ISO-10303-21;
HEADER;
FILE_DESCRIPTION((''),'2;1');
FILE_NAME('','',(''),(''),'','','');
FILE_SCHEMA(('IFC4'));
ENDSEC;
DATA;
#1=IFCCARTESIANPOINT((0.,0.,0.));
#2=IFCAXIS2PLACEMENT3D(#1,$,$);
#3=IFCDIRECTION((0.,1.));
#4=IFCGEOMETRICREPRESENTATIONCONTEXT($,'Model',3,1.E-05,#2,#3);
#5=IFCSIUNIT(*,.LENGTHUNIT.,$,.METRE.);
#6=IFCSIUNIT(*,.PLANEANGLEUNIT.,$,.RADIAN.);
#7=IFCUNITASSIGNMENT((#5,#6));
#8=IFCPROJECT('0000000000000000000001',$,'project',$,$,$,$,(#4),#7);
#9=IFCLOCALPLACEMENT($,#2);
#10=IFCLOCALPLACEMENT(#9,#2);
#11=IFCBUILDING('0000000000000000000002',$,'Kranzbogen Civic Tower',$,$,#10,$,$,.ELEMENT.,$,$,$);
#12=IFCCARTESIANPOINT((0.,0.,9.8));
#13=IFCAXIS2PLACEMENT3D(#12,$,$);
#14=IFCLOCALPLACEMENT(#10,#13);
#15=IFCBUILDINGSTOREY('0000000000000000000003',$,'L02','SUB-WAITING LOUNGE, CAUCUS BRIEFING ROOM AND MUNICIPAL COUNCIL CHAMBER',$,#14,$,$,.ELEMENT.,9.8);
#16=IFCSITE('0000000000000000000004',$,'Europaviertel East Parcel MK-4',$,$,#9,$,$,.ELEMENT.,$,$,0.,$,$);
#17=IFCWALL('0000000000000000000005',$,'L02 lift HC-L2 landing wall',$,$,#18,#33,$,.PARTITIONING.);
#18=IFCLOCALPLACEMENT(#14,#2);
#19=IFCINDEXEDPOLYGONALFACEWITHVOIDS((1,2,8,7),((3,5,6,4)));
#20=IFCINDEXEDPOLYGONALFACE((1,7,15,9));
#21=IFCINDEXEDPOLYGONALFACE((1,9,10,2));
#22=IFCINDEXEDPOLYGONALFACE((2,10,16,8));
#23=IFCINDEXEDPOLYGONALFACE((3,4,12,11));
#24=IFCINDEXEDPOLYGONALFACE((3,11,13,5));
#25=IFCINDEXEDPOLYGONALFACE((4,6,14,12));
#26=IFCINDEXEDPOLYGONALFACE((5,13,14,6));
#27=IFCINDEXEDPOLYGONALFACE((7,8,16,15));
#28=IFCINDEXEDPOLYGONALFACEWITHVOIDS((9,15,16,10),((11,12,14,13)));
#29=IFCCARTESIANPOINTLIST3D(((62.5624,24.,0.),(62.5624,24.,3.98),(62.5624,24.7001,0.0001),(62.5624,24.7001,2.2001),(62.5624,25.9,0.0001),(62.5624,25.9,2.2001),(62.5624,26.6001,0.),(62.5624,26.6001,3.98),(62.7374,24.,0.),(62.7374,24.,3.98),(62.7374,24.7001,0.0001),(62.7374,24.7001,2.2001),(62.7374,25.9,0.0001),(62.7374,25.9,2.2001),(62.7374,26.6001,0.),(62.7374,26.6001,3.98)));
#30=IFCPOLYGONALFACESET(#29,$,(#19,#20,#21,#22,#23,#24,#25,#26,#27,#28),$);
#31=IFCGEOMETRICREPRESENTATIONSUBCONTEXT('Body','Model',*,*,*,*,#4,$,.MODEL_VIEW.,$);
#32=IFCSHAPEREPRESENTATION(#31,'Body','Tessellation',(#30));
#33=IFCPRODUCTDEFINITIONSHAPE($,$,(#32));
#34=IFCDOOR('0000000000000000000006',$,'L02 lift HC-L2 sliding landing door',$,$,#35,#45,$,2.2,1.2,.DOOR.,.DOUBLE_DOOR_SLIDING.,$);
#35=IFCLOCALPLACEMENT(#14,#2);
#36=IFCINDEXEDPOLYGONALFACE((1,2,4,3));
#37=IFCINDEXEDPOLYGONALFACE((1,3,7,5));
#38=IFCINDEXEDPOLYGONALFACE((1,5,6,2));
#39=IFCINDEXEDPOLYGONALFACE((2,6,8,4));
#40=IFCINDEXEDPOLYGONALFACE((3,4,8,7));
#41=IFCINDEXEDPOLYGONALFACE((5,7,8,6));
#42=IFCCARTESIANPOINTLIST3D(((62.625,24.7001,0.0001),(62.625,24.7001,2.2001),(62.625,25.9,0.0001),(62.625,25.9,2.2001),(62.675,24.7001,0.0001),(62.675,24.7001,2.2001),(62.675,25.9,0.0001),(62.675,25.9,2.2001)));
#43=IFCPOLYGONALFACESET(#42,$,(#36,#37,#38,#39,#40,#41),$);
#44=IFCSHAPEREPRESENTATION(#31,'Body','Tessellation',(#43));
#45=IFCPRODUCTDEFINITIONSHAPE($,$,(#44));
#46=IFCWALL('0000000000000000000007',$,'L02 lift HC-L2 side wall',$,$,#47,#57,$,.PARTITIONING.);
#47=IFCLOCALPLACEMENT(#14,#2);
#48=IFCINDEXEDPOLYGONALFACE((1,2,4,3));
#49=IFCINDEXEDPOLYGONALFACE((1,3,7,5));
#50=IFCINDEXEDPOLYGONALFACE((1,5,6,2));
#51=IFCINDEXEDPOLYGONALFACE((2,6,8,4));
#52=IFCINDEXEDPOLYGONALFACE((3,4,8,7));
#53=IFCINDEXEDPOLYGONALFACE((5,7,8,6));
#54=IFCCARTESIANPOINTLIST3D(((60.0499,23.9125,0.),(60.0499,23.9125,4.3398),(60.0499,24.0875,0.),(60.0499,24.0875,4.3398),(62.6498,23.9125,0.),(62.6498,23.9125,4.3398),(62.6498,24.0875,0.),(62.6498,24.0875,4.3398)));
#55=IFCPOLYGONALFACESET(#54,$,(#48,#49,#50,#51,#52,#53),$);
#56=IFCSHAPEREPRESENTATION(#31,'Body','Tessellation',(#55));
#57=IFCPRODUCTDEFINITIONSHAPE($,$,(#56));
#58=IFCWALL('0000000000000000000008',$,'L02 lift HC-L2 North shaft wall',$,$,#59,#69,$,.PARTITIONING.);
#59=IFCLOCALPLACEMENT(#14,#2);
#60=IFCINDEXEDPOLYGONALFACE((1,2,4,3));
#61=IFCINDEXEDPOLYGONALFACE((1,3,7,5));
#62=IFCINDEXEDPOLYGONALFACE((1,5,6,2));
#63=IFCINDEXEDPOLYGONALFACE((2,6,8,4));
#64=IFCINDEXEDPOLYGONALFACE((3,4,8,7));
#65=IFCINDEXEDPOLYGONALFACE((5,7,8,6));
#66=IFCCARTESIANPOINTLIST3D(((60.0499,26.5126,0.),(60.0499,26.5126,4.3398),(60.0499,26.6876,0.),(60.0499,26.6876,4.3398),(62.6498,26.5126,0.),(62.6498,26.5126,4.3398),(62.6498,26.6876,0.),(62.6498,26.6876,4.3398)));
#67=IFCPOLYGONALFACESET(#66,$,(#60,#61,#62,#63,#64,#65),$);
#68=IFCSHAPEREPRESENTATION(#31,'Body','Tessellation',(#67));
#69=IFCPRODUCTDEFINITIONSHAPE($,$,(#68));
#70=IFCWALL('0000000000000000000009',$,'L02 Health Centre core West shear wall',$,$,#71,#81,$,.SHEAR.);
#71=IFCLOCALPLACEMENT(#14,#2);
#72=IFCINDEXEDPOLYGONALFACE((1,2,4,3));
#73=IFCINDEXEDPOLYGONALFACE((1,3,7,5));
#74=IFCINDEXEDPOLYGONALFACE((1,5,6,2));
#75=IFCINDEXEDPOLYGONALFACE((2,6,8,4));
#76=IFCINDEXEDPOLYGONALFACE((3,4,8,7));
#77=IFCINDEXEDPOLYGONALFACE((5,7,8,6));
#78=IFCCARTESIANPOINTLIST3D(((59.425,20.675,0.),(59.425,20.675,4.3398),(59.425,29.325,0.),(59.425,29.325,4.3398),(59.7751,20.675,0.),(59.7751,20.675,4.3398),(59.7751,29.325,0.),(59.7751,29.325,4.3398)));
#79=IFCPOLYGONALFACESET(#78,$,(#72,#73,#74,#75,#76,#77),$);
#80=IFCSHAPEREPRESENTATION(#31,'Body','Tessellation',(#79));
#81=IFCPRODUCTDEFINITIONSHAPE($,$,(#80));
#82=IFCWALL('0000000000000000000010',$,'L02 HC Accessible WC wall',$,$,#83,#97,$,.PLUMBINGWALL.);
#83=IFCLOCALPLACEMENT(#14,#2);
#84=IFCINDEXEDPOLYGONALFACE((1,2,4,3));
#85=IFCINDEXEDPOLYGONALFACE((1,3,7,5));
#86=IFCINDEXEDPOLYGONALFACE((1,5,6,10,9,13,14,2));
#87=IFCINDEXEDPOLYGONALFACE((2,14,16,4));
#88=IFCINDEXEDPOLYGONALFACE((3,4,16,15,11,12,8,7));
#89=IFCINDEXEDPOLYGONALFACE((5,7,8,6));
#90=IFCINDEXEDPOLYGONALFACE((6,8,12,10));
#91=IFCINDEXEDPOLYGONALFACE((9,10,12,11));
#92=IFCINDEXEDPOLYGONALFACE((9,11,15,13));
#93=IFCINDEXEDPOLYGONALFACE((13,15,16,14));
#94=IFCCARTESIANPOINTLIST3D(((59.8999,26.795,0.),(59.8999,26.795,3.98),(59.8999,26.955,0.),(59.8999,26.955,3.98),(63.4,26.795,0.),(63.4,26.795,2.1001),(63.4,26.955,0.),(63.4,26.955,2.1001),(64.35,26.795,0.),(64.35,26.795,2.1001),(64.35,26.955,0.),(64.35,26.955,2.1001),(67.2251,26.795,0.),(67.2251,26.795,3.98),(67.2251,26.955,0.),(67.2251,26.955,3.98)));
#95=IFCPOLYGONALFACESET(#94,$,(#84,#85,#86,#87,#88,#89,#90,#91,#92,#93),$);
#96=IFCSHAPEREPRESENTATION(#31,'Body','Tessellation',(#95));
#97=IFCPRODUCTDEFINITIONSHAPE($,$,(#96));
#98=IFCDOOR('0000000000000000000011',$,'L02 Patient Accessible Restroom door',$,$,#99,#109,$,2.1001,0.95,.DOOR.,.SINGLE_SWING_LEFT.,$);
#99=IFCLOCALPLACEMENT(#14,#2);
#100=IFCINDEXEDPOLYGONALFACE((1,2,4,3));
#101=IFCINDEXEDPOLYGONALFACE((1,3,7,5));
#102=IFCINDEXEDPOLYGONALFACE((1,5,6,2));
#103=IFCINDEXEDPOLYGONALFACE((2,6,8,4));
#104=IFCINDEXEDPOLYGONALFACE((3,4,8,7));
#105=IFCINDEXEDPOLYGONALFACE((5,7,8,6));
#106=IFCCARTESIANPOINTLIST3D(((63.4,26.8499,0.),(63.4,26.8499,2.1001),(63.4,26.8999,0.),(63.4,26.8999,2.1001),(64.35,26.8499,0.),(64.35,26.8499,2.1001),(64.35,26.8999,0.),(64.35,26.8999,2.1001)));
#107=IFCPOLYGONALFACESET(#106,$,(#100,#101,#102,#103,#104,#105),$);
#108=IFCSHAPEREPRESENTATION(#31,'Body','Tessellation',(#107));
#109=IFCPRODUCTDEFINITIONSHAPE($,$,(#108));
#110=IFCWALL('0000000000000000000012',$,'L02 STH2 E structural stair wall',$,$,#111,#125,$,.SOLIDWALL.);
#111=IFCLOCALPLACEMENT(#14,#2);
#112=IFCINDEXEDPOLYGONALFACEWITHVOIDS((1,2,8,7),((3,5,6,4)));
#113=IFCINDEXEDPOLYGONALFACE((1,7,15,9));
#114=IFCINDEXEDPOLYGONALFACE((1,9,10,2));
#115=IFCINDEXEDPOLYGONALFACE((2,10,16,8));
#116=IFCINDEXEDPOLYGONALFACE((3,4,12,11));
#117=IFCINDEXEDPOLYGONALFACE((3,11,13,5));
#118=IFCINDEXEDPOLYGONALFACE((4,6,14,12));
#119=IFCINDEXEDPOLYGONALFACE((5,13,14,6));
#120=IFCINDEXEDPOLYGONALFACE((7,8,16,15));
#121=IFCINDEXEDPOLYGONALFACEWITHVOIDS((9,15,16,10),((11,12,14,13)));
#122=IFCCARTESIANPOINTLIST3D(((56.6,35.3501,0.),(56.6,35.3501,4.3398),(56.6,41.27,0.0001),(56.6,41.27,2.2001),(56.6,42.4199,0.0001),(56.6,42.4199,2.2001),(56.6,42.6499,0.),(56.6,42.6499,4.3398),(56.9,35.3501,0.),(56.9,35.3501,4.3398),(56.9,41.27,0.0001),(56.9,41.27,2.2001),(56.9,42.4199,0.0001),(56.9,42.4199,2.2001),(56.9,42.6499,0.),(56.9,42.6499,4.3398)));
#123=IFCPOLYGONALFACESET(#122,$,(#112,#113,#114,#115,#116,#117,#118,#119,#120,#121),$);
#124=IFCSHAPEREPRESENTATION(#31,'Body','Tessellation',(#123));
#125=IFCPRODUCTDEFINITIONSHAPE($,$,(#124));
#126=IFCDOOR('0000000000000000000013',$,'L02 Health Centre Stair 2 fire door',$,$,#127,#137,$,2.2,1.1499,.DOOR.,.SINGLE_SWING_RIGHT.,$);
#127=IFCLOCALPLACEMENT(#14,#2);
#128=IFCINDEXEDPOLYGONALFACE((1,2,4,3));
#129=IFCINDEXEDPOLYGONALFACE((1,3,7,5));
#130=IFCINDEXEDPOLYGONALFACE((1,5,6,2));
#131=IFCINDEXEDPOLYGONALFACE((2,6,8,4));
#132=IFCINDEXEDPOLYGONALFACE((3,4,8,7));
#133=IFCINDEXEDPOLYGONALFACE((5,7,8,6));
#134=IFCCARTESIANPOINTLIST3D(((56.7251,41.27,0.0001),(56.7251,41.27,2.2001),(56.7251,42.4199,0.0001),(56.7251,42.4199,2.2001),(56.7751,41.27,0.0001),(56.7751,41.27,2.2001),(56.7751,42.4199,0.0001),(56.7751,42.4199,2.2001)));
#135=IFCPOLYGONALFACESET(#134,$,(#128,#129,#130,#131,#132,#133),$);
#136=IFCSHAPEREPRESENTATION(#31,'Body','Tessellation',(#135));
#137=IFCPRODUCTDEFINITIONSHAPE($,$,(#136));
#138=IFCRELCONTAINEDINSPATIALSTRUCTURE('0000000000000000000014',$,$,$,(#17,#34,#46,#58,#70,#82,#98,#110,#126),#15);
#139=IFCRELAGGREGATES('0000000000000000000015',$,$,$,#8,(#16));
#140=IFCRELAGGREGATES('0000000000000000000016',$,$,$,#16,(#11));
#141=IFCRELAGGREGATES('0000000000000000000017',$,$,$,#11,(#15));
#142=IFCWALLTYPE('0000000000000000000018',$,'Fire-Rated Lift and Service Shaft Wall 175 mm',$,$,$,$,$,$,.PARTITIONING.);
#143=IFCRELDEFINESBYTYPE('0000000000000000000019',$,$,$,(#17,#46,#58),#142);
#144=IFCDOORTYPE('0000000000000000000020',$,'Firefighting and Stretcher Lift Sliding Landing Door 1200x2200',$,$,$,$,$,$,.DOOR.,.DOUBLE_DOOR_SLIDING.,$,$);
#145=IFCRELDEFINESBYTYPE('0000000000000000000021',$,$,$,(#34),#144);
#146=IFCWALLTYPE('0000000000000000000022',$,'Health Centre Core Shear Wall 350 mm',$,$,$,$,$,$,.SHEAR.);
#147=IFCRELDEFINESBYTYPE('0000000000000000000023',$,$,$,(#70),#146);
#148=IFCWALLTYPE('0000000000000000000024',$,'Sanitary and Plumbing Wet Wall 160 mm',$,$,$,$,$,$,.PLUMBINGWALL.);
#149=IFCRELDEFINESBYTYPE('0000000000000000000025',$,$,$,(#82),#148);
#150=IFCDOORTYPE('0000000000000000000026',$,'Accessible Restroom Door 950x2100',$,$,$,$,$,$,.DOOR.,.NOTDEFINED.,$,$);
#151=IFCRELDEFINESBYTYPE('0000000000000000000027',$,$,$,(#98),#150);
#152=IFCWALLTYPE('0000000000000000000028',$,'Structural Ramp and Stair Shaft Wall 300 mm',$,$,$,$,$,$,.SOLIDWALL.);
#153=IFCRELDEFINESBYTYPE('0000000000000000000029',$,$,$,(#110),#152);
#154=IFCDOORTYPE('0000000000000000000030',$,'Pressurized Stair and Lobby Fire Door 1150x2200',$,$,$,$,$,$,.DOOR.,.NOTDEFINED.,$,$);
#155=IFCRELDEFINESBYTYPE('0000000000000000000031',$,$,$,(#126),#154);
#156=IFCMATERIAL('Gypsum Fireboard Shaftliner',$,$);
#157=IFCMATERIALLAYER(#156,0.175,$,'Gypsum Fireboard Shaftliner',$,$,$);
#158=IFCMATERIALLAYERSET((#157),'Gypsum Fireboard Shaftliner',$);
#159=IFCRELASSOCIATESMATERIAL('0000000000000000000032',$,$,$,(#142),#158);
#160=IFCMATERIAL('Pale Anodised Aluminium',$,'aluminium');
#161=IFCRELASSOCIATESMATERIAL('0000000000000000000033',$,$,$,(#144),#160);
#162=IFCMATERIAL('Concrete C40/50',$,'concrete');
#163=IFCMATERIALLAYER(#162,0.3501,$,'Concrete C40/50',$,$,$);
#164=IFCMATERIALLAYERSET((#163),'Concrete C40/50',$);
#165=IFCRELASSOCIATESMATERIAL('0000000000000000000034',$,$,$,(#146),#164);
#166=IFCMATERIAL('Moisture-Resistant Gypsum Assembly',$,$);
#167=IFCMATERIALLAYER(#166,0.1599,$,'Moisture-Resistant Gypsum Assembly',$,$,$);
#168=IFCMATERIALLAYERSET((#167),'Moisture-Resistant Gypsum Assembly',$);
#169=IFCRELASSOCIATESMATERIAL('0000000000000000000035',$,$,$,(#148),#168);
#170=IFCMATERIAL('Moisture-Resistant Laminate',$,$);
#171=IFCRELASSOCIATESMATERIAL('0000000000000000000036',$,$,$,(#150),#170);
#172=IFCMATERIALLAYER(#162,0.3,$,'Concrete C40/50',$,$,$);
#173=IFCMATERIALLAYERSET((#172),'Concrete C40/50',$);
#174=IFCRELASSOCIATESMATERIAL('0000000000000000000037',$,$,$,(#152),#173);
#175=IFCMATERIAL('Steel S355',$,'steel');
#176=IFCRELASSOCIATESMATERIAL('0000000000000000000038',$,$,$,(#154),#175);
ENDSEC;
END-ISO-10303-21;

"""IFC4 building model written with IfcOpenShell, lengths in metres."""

from ifc_helpers import new_model, si_unit, direction, frame, frame_2d, origin, place, context, subcontext, project, spatial, rectangle, extrude, material, layer, layer_set, type_object, element, fill, save


model = new_model("IFC4")

# Units and contexts
model_context = context("Model", 3, precision=1e-05, world=origin(), true_north=direction((0.0, 1.0)))
body_context = subcontext(model_context, "Body", "Model", "MODEL_VIEW")
ifc_project = project(units=[si_unit("LENGTHUNIT", "METRE"), si_unit("PLANEANGLEUNIT", "RADIAN")], contexts=[model_context])

# Site, building, storey
site_placement = place(None, origin())
site = spatial("IfcSite", under=ifc_project, at=site_placement, Name="Europaviertel East Parcel MK-4", CompositionType="ELEMENT", RefElevation=0.0)
building_placement = place(site_placement, origin())
building = spatial("IfcBuilding", under=site, at=building_placement, Name="Kranzbogen Civic Tower", CompositionType="ELEMENT")
storey_placement = place(building_placement, frame((0.0, 0.0, 9.8)))
storey = spatial("IfcBuildingStorey", under=building, at=storey_placement, Name="L02", Description="SUB-WAITING LOUNGE, CAUCUS BRIEFING ROOM AND MUNICIPAL COUNCIL CHAMBER", CompositionType="ELEMENT", Elevation=9.8)

# Shared definitions
ifc_material_1 = material(Name="Steel S355", Category="steel")
ifc_material_2 = material(Name="Concrete C40/50", Category="concrete")

# Shared definitions
ifc_material_3 = material(Name="Pale Anodised Aluminium", Category="aluminium")

# Wall, opening, door
ifc_material_4 = material(Name="Gypsum Fireboard Shaftliner")
ifc_layer_1 = layer(ifc_material_4, 0.175, Name="Gypsum Fireboard Shaftliner")
ifc_layer_set_1 = layer_set([ifc_layer_1], Name="Gypsum Fireboard Shaftliner")
wall_type_1 = type_object("IfcWallType", Name="Fire-Rated Lift and Service Shaft Wall 175 mm", PredefinedType="PARTITIONING", material=ifc_layer_set_1)
wall_1_placement = place(storey_placement, frame((62.6499, 24.0, 0.0), z_axis=(0.0, 0.0, 1.0), x_axis=(0.0, 1.0, 0.0)))
wall_1 = element("IfcWall", 1, at=wall_1_placement, inside=storey, type_object=wall_type_1, Name="L02 lift HC-L2 landing wall", PredefinedType="PARTITIONING", context=body_context, shape_type="SweptSolid", body=[
    extrude(rectangle(XDim=2.6001, YDim=0.175, at=frame_2d((1.3, 0.0))), origin(), (0.0, 0.0, 1.0), 3.98),
])
opening_1_placement = place(wall_1_placement, frame((0.7, 0.0, 0.0)))
opening_1 = element("IfcOpeningElement", 2, at=opening_1_placement, cuts=wall_1, PredefinedType="OPENING", context=body_context, shape_type="SweptSolid", body=[
    extrude(rectangle(XDim=1.2, YDim=2.2, at=frame_2d((0.6001, 1.1001))), frame((0.0, 0.0977, 0.0), z_axis=(0.0, -1.0, 0.0), x_axis=(1.0, 0.0, 0.0)), (0.0, 0.0, 1.0), 0.1951),
])
door_type_1 = type_object("IfcDoorType", Name="Firefighting and Stretcher Lift Sliding Landing Door 1200x2200", OperationType="DOUBLE_DOOR_SLIDING", PredefinedType="DOOR", material=ifc_material_3)
door_1_placement = place(opening_1_placement, origin())
door_1 = element("IfcDoor", 3, at=door_1_placement, inside=storey, type_object=door_type_1, Name="L02 lift HC-L2 sliding landing door", OperationType="DOUBLE_DOOR_SLIDING", OverallHeight=2.2, OverallWidth=1.2, PredefinedType="DOOR", context=body_context, shape_type="SweptSolid", body=[
    extrude(rectangle(XDim=1.2, YDim=2.2, at=frame_2d((0.6001, 1.1001))), frame((0.0, 0.0249, 0.0), z_axis=(0.0, -1.0, 0.0), x_axis=(1.0, 0.0, 0.0)), (0.0, 0.0, 1.0), 0.05),
])
fill(opening_1, door_1)

# Walls
for number, where, z_axis, x_axis, name in (
    (4, (60.05, 24.0, 0.0), (0.0, 0.0, 1.0), (1.0, 0.0, 0.0), "L02 lift HC-L2 side wall"),
    (5, (60.05, 26.6001, 0.0), (0.0, 0.0, 1.0), (1.0, 0.0, 0.0), "L02 lift HC-L2 North shaft wall"),
):
    element("IfcWall", number, at=place(storey_placement, frame(where, z_axis=z_axis, x_axis=x_axis)), inside=storey, type_object=wall_type_1, Name=name, PredefinedType="PARTITIONING", context=body_context, shape_type="SweptSolid", body=[
        extrude(rectangle(XDim=2.5999, YDim=0.175, at=frame_2d((1.2998, 0.0))), origin(), (0.0, 0.0, 1.0), 4.3398),
    ])
ifc_layer_2 = layer(ifc_material_2, 0.3501, Name="Concrete C40/50")
ifc_layer_set_2 = layer_set([ifc_layer_2], Name="Concrete C40/50")
wall_type_2 = type_object("IfcWallType", Name="Health Centre Core Shear Wall 350 mm", PredefinedType="SHEAR", material=ifc_layer_set_2)
wall_2_placement = place(storey_placement, frame((59.6001, 29.325, 0.0), z_axis=(0.0, 0.0, 1.0), x_axis=(0.0, -1.0, 0.0)))
element("IfcWall", 6, at=wall_2_placement, inside=storey, type_object=wall_type_2, Name="L02 Health Centre core West shear wall", PredefinedType="SHEAR", context=body_context, shape_type="SweptSolid", body=[
    extrude(rectangle(XDim=8.6499, YDim=0.3501, at=frame_2d((4.325, 0.0))), origin(), (0.0, 0.0, 1.0), 4.3398),
])

# Walls, openings, doors
ifc_material_5 = material(Name="Moisture-Resistant Gypsum Assembly")
ifc_layer_3 = layer(ifc_material_5, 0.1599, Name="Moisture-Resistant Gypsum Assembly")
ifc_layer_set_3 = layer_set([ifc_layer_3], Name="Moisture-Resistant Gypsum Assembly")
wall_type_3 = type_object("IfcWallType", Name="Sanitary and Plumbing Wet Wall 160 mm", PredefinedType="PLUMBINGWALL", material=ifc_layer_set_3)
wall_3_placement = place(storey_placement, frame((59.8999, 26.875, 0.0), z_axis=(0.0, 0.0, 1.0), x_axis=(1.0, 0.0, 0.0)))
wall_3 = element("IfcWall", 7, at=wall_3_placement, inside=storey, type_object=wall_type_3, Name="L02 HC Accessible WC wall", PredefinedType="PLUMBINGWALL", context=body_context, shape_type="SweptSolid", body=[
    extrude(rectangle(XDim=7.3252, YDim=0.1599, at=frame_2d((3.6626, 0.0))), origin(), (0.0, 0.0, 1.0), 3.98),
])
opening_2_placement = place(wall_3_placement, frame((3.5, 0.0, 0.0)))
opening_2 = element("IfcOpeningElement", 8, at=opening_2_placement, cuts=wall_3, PredefinedType="OPENING", context=body_context, shape_type="SweptSolid", body=[
    extrude(rectangle(XDim=0.95, YDim=2.1001, at=frame_2d((0.4751, 1.05))), frame((0.0, 0.0898, 0.0), z_axis=(0.0, -1.0, 0.0), x_axis=(1.0, 0.0, 0.0)), (0.0, 0.0, 1.0), 0.1799),
])
ifc_material_6 = material(Name="Moisture-Resistant Laminate")
door_type_2 = type_object("IfcDoorType", Name="Accessible Restroom Door 950x2100", OperationType="NOTDEFINED", PredefinedType="DOOR", material=ifc_material_6)
door_2_placement = place(opening_2_placement, origin())
door_2 = element("IfcDoor", 9, at=door_2_placement, inside=storey, type_object=door_type_2, Name="L02 Patient Accessible Restroom door", OperationType="SINGLE_SWING_LEFT", OverallHeight=2.1001, OverallWidth=0.95, PredefinedType="DOOR", context=body_context, shape_type="SweptSolid", body=[
    extrude(rectangle(XDim=0.95, YDim=2.1001, at=frame_2d((0.4751, 1.05))), frame((0.0, 0.0249, 0.0), z_axis=(0.0, -1.0, 0.0), x_axis=(1.0, 0.0, 0.0)), (0.0, 0.0, 1.0), 0.05),
])
fill(opening_2, door_2)
ifc_layer_4 = layer(ifc_material_2, 0.3, Name="Concrete C40/50")
ifc_layer_set_4 = layer_set([ifc_layer_4], Name="Concrete C40/50")
wall_type_4 = type_object("IfcWallType", Name="Structural Ramp and Stair Shaft Wall 300 mm", PredefinedType="SOLIDWALL", material=ifc_layer_set_4)
wall_4_placement = place(storey_placement, frame((56.75, 35.3501, 0.0), z_axis=(0.0, 0.0, 1.0), x_axis=(0.0, 1.0, 0.0)))
wall_4 = element("IfcWall", 10, at=wall_4_placement, inside=storey, type_object=wall_type_4, Name="L02 STH2 E structural stair wall", PredefinedType="SOLIDWALL", context=body_context, shape_type="SweptSolid", body=[
    extrude(rectangle(XDim=7.2998, YDim=0.3, at=frame_2d((3.6499, 0.0))), origin(), (0.0, 0.0, 1.0), 4.3398),
])
opening_3_placement = place(wall_4_placement, frame((5.9199, 0.0, 0.0)))
opening_3 = element("IfcOpeningElement", 11, at=opening_3_placement, cuts=wall_4, PredefinedType="OPENING", context=body_context, shape_type="SweptSolid", body=[
    extrude(rectangle(XDim=1.1499, YDim=2.2, at=frame_2d((0.575, 1.1001))), frame((0.0, 0.1602, 0.0), z_axis=(0.0, -1.0, 0.0), x_axis=(1.0, 0.0, 0.0)), (0.0, 0.0, 1.0), 0.3201),
])
door_type_3 = type_object("IfcDoorType", Name="Pressurized Stair and Lobby Fire Door 1150x2200", OperationType="NOTDEFINED", PredefinedType="DOOR", material=ifc_material_1)
door_3_placement = place(opening_3_placement, origin())
door_3 = element("IfcDoor", 12, at=door_3_placement, inside=storey, type_object=door_type_3, Name="L02 Health Centre Stair 2 fire door", OperationType="SINGLE_SWING_RIGHT", OverallHeight=2.2, OverallWidth=1.1499, PredefinedType="DOOR", context=body_context, shape_type="SweptSolid", body=[
    extrude(rectangle(XDim=1.1499, YDim=2.2, at=frame_2d((0.575, 1.1001))), frame((0.0, 0.0249, 0.0), z_axis=(0.0, -1.0, 0.0), x_axis=(1.0, 0.0, 0.0)), (0.0, 0.0, 1.0), 0.05),
])
fill(opening_3, door_3)

save(model, "model.ifc")
